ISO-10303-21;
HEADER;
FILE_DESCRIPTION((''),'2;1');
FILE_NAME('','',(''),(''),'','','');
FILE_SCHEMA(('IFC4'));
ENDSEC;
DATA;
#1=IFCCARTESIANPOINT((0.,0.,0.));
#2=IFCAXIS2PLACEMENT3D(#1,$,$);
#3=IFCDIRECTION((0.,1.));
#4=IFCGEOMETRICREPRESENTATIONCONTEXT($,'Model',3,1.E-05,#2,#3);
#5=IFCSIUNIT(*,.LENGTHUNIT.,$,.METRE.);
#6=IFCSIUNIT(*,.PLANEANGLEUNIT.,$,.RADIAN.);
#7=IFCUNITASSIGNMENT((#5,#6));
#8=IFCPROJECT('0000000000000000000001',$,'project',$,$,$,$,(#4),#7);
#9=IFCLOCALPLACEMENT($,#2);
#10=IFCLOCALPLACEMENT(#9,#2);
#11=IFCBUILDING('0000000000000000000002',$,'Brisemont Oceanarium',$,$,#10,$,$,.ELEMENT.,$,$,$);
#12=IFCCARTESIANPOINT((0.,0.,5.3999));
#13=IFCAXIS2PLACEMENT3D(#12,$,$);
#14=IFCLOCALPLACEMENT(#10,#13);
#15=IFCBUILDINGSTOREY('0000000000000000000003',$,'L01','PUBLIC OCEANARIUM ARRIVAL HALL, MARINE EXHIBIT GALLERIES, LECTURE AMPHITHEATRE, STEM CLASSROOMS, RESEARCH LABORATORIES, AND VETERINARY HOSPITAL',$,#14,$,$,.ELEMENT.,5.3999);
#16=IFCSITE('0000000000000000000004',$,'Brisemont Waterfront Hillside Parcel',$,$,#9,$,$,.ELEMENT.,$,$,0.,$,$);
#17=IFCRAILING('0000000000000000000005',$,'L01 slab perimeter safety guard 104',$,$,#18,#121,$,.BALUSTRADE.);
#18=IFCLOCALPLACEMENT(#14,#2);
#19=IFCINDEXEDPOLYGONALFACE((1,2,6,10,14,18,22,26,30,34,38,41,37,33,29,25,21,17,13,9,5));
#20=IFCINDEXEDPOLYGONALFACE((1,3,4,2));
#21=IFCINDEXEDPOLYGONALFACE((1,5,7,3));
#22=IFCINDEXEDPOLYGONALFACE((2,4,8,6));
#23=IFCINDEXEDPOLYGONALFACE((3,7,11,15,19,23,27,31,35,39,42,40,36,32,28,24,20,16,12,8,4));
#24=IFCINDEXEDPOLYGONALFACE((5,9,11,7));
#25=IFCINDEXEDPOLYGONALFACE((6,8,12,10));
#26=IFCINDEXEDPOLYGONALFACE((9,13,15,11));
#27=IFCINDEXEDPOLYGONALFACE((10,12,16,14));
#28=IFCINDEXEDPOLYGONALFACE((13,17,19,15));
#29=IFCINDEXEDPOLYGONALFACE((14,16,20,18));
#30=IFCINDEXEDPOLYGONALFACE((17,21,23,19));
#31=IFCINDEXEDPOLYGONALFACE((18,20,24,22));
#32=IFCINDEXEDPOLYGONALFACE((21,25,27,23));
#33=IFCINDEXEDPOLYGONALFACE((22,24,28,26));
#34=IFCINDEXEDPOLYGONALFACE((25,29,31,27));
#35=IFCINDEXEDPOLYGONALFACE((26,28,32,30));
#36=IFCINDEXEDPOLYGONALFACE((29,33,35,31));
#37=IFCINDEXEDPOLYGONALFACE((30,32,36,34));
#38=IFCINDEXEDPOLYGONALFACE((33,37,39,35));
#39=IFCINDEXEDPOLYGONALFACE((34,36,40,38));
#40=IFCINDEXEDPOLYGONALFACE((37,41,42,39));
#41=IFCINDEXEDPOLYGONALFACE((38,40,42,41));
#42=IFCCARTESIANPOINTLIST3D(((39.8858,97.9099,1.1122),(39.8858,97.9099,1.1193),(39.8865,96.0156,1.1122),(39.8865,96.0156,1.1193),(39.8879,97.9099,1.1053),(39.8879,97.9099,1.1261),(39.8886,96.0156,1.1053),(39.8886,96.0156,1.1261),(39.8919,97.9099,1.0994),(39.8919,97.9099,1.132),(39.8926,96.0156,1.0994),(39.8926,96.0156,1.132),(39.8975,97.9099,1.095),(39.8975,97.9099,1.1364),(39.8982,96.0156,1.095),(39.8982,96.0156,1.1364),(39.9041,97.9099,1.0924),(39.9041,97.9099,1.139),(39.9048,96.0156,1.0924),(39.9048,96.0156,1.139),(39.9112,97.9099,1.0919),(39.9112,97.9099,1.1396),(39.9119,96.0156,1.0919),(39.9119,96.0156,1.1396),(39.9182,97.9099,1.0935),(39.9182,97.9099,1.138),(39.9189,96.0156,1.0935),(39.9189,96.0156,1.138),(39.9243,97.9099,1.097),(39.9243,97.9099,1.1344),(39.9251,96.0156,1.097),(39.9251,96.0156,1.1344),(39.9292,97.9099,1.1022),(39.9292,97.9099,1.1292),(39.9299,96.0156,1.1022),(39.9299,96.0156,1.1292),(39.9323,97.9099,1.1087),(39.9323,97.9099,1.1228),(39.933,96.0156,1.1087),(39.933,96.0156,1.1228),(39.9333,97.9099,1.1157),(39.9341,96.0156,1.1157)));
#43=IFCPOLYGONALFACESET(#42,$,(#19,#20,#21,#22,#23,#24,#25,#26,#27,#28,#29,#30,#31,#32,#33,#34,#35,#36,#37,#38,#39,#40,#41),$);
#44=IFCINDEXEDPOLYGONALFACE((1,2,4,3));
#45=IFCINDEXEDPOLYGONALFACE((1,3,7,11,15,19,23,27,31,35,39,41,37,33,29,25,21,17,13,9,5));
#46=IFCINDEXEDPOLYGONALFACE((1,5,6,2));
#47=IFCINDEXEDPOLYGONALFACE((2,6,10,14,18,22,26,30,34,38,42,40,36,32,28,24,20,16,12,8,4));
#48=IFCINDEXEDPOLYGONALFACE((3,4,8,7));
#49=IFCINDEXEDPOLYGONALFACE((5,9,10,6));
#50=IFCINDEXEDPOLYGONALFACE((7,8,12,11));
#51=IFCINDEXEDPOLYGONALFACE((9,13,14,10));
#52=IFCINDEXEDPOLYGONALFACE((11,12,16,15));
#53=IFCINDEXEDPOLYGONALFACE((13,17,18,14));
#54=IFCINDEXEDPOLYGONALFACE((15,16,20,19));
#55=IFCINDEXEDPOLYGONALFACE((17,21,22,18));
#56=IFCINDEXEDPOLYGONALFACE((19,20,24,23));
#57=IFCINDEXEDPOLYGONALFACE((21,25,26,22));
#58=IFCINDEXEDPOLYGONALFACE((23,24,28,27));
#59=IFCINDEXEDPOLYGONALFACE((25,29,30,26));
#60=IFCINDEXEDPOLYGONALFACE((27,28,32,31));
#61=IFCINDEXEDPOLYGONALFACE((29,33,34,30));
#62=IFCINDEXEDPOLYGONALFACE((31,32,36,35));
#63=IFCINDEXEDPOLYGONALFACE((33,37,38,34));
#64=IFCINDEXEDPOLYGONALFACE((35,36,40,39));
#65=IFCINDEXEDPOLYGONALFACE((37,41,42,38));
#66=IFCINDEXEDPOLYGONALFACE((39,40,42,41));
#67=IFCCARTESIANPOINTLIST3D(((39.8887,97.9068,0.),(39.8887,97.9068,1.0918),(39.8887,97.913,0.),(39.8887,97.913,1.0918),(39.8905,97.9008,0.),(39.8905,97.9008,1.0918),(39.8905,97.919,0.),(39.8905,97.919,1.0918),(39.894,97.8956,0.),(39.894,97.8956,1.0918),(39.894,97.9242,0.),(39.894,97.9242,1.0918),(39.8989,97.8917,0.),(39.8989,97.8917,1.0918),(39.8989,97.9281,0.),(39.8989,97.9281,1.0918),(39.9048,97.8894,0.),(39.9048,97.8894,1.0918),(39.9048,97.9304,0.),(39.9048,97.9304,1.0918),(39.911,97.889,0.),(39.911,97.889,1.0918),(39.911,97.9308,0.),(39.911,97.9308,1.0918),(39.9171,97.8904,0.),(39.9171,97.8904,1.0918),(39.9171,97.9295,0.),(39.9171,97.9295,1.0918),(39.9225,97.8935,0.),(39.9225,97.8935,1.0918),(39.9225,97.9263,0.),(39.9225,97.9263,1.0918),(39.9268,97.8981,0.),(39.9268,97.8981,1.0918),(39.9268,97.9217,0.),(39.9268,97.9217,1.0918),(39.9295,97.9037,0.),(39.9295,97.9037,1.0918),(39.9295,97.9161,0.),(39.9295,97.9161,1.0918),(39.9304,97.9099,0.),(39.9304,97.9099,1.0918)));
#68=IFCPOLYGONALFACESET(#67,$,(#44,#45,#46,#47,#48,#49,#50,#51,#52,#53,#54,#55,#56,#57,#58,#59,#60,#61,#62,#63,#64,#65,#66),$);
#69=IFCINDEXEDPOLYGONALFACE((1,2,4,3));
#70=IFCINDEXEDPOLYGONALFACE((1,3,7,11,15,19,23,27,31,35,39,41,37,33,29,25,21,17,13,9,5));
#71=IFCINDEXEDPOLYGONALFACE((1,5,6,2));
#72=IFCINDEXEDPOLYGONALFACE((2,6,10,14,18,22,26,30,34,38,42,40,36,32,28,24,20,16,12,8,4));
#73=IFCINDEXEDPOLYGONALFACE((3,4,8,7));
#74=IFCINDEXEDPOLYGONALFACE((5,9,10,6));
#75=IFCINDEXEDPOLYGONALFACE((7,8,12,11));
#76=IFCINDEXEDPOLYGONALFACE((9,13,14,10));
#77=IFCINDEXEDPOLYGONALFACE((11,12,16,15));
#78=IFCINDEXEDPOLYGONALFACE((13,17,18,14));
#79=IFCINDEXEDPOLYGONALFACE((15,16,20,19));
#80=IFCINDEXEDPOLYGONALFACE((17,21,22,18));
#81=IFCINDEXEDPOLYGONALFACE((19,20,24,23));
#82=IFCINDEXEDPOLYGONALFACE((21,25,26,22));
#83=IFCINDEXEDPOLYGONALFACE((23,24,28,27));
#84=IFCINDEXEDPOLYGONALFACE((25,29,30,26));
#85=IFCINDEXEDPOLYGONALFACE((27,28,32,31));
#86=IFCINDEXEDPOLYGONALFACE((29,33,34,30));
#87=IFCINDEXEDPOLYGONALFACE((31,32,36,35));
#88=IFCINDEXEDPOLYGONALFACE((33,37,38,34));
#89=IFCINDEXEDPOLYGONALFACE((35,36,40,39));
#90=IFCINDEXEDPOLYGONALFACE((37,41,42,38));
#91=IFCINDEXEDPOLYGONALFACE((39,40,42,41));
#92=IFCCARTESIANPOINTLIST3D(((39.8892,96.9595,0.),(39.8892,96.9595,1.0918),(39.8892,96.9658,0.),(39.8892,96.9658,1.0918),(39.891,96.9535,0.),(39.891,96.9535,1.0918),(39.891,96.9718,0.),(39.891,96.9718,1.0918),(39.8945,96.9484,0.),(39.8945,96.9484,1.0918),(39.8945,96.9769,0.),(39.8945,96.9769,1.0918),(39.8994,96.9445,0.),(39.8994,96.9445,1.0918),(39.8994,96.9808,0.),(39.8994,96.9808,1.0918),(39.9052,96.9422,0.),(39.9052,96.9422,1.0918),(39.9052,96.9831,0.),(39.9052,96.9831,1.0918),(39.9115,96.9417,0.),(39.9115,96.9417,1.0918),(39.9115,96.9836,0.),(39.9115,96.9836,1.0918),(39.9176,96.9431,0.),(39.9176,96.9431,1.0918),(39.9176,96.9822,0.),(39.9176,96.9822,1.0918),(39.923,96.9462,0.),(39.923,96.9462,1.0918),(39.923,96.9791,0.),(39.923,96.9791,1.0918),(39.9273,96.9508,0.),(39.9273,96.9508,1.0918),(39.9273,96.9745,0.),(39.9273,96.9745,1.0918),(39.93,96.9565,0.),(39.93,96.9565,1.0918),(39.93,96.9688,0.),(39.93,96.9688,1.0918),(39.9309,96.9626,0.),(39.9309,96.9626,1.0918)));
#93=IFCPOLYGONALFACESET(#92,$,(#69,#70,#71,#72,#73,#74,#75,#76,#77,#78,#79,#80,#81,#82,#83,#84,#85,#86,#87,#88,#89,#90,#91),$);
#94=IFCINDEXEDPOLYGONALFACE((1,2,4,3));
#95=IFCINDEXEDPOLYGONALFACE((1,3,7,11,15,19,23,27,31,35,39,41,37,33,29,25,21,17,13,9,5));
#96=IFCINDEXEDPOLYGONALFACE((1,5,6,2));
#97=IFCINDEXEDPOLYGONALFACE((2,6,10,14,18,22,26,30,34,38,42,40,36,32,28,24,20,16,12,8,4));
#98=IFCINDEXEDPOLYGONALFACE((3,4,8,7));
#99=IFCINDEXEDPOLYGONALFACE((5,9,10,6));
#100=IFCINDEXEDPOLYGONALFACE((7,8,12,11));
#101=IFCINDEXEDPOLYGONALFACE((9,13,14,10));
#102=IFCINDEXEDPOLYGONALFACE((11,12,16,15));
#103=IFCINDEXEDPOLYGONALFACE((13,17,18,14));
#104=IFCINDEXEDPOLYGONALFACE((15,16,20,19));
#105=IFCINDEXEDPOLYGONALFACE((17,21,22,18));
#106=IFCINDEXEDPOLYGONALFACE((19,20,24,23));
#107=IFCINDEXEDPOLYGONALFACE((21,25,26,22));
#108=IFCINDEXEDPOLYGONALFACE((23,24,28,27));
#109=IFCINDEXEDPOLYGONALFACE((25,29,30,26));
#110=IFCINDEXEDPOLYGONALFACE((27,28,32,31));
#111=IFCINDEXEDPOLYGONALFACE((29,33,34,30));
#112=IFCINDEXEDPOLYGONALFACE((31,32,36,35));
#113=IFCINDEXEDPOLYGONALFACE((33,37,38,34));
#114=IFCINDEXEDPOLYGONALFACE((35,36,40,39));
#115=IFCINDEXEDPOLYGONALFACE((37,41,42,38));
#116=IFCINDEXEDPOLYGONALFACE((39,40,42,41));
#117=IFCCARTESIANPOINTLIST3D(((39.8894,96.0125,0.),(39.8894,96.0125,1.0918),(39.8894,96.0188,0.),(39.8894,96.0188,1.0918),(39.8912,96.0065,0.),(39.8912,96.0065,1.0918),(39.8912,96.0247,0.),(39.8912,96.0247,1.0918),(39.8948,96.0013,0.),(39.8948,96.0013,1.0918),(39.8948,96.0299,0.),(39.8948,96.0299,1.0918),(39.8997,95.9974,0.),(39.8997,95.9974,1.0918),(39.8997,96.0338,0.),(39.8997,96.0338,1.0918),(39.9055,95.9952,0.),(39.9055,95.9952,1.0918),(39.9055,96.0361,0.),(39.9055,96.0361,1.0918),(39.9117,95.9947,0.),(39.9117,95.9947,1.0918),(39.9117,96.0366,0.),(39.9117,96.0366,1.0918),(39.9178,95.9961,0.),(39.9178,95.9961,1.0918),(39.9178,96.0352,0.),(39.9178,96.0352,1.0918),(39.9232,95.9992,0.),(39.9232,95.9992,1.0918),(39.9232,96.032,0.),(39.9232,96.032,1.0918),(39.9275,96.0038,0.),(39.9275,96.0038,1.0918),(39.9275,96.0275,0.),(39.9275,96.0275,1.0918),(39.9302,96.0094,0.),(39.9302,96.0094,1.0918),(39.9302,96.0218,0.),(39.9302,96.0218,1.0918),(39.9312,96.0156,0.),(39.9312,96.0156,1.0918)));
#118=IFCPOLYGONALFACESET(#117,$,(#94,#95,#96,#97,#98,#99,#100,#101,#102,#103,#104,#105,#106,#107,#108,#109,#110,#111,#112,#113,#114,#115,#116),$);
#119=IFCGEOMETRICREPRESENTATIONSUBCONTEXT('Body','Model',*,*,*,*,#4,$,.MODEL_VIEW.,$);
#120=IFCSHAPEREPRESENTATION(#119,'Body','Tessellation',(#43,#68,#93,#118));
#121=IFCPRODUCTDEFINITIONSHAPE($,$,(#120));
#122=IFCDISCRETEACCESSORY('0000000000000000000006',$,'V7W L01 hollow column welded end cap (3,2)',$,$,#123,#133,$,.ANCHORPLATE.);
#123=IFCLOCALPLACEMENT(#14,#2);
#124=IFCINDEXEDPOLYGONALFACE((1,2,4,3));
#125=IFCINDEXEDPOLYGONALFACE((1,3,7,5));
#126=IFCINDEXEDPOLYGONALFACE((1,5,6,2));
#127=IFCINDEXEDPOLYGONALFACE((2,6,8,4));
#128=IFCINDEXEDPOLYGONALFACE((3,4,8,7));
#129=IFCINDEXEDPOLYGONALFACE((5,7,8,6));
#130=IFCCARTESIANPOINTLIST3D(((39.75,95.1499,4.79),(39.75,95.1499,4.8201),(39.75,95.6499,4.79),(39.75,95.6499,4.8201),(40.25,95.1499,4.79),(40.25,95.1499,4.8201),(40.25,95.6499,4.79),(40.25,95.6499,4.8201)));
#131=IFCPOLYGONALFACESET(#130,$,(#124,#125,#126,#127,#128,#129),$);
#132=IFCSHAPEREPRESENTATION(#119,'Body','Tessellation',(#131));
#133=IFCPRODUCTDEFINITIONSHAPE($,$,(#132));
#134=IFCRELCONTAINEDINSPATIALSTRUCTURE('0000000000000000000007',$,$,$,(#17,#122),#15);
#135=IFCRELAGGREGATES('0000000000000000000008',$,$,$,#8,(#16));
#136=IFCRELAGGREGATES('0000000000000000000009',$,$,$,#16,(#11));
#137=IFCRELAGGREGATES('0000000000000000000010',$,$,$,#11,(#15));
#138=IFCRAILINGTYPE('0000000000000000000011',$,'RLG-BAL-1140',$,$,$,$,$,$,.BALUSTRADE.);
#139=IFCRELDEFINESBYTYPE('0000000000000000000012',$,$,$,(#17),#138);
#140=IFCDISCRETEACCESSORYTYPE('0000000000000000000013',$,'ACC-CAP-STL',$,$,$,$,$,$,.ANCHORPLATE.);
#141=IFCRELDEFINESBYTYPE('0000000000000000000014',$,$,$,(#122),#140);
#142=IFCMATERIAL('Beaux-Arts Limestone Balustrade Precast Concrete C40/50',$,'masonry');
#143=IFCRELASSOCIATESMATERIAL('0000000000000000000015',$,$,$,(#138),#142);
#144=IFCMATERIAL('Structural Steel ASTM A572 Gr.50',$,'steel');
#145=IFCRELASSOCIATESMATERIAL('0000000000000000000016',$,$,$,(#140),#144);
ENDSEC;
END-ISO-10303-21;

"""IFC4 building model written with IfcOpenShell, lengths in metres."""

from ifc_helpers import new_model, si_unit, direction, frame, origin, origin_2d, place, context, subcontext, project, spatial, rectangle, circle, extrude, material, type_object, element, save


model = new_model("IFC4")

# Units and contexts
model_context = context("Model", 3, precision=1e-05, world=origin(), true_north=direction((0.0, 1.0)))
body_context = subcontext(model_context, "Body", "Model", "MODEL_VIEW")
ifc_project = project(units=[si_unit("LENGTHUNIT", "METRE"), si_unit("PLANEANGLEUNIT", "RADIAN")], contexts=[model_context])

# Site, building, storey
site_placement = place(None, origin())
site = spatial("IfcSite", under=ifc_project, at=site_placement, Name="Brisemont Waterfront Hillside Parcel", CompositionType="ELEMENT", RefElevation=0.0)
building_placement = place(site_placement, origin())
building = spatial("IfcBuilding", under=site, at=building_placement, Name="Brisemont Oceanarium", CompositionType="ELEMENT")
storey_placement = place(building_placement, frame((0.0, 0.0, 5.3999)))
storey = spatial("IfcBuildingStorey", under=building, at=storey_placement, Name="L01", Description="PUBLIC OCEANARIUM ARRIVAL HALL, MARINE EXHIBIT GALLERIES, LECTURE AMPHITHEATRE, STEM CLASSROOMS, RESEARCH LABORATORIES, AND VETERINARY HOSPITAL", CompositionType="ELEMENT", Elevation=5.3999)

# Railing
ifc_material_1 = material(Name="Beaux-Arts Limestone Balustrade Precast Concrete C40/50", Category="masonry")
railing_type_1 = type_object("IfcRailingType", Name="RLG-BAL-1140", PredefinedType="BALUSTRADE", material=ifc_material_1)
railing_1_placement = place(storey_placement, frame((39.9094, 97.9099, 0.0)))
element("IfcRailing", 1, at=railing_1_placement, inside=storey, type_object=railing_type_1, Name="L01 slab perimeter safety guard 104", PredefinedType="BALUSTRADE", context=body_context, shape_type="SweptSolid", body=[
    extrude(circle(Radius=0.0239, at=origin_2d()), frame((0.0, 0.0, 1.1157), z_axis=(0.000387, -1.0, 0.0), x_axis=(1.0, 0.000387, 0.0)), (0.0, 0.0, 1.0), 1.8943),
    extrude(circle(Radius=0.021, at=origin_2d()), origin(), (0.0, 0.0, 1.0), 1.0918),
    extrude(circle(Radius=0.021, at=origin_2d()), frame((0.0005, -0.9473, 0.0)), (0.0, 0.0, 1.0), 1.0918),
    extrude(circle(Radius=0.021, at=origin_2d()), frame((0.0007, -1.8943, 0.0)), (0.0, 0.0, 1.0), 1.0918),
])

# Discrete accessory
ifc_material_2 = material(Name="Structural Steel ASTM A572 Gr.50", Category="steel")
discrete_accessory_type = type_object("IfcDiscreteAccessoryType", Name="ACC-CAP-STL", PredefinedType="ANCHORPLATE", material=ifc_material_2)
discrete_accessory_placement = place(storey_placement, frame((40.0, 95.3999, 4.79), z_axis=(0.0, 0.0, 1.0), x_axis=(1.0, 0.0, 0.0)))
element("IfcDiscreteAccessory", 2, at=discrete_accessory_placement, inside=storey, type_object=discrete_accessory_type, Name="V7W L01 hollow column welded end cap (3,2)", PredefinedType="ANCHORPLATE", context=body_context, shape_type="SweptSolid", body=[
    extrude(rectangle(XDim=0.5, YDim=0.5, at=origin_2d()), origin(), (0.0, 0.0, 1.0), 0.03),
])

save(model, "model.ifc")
